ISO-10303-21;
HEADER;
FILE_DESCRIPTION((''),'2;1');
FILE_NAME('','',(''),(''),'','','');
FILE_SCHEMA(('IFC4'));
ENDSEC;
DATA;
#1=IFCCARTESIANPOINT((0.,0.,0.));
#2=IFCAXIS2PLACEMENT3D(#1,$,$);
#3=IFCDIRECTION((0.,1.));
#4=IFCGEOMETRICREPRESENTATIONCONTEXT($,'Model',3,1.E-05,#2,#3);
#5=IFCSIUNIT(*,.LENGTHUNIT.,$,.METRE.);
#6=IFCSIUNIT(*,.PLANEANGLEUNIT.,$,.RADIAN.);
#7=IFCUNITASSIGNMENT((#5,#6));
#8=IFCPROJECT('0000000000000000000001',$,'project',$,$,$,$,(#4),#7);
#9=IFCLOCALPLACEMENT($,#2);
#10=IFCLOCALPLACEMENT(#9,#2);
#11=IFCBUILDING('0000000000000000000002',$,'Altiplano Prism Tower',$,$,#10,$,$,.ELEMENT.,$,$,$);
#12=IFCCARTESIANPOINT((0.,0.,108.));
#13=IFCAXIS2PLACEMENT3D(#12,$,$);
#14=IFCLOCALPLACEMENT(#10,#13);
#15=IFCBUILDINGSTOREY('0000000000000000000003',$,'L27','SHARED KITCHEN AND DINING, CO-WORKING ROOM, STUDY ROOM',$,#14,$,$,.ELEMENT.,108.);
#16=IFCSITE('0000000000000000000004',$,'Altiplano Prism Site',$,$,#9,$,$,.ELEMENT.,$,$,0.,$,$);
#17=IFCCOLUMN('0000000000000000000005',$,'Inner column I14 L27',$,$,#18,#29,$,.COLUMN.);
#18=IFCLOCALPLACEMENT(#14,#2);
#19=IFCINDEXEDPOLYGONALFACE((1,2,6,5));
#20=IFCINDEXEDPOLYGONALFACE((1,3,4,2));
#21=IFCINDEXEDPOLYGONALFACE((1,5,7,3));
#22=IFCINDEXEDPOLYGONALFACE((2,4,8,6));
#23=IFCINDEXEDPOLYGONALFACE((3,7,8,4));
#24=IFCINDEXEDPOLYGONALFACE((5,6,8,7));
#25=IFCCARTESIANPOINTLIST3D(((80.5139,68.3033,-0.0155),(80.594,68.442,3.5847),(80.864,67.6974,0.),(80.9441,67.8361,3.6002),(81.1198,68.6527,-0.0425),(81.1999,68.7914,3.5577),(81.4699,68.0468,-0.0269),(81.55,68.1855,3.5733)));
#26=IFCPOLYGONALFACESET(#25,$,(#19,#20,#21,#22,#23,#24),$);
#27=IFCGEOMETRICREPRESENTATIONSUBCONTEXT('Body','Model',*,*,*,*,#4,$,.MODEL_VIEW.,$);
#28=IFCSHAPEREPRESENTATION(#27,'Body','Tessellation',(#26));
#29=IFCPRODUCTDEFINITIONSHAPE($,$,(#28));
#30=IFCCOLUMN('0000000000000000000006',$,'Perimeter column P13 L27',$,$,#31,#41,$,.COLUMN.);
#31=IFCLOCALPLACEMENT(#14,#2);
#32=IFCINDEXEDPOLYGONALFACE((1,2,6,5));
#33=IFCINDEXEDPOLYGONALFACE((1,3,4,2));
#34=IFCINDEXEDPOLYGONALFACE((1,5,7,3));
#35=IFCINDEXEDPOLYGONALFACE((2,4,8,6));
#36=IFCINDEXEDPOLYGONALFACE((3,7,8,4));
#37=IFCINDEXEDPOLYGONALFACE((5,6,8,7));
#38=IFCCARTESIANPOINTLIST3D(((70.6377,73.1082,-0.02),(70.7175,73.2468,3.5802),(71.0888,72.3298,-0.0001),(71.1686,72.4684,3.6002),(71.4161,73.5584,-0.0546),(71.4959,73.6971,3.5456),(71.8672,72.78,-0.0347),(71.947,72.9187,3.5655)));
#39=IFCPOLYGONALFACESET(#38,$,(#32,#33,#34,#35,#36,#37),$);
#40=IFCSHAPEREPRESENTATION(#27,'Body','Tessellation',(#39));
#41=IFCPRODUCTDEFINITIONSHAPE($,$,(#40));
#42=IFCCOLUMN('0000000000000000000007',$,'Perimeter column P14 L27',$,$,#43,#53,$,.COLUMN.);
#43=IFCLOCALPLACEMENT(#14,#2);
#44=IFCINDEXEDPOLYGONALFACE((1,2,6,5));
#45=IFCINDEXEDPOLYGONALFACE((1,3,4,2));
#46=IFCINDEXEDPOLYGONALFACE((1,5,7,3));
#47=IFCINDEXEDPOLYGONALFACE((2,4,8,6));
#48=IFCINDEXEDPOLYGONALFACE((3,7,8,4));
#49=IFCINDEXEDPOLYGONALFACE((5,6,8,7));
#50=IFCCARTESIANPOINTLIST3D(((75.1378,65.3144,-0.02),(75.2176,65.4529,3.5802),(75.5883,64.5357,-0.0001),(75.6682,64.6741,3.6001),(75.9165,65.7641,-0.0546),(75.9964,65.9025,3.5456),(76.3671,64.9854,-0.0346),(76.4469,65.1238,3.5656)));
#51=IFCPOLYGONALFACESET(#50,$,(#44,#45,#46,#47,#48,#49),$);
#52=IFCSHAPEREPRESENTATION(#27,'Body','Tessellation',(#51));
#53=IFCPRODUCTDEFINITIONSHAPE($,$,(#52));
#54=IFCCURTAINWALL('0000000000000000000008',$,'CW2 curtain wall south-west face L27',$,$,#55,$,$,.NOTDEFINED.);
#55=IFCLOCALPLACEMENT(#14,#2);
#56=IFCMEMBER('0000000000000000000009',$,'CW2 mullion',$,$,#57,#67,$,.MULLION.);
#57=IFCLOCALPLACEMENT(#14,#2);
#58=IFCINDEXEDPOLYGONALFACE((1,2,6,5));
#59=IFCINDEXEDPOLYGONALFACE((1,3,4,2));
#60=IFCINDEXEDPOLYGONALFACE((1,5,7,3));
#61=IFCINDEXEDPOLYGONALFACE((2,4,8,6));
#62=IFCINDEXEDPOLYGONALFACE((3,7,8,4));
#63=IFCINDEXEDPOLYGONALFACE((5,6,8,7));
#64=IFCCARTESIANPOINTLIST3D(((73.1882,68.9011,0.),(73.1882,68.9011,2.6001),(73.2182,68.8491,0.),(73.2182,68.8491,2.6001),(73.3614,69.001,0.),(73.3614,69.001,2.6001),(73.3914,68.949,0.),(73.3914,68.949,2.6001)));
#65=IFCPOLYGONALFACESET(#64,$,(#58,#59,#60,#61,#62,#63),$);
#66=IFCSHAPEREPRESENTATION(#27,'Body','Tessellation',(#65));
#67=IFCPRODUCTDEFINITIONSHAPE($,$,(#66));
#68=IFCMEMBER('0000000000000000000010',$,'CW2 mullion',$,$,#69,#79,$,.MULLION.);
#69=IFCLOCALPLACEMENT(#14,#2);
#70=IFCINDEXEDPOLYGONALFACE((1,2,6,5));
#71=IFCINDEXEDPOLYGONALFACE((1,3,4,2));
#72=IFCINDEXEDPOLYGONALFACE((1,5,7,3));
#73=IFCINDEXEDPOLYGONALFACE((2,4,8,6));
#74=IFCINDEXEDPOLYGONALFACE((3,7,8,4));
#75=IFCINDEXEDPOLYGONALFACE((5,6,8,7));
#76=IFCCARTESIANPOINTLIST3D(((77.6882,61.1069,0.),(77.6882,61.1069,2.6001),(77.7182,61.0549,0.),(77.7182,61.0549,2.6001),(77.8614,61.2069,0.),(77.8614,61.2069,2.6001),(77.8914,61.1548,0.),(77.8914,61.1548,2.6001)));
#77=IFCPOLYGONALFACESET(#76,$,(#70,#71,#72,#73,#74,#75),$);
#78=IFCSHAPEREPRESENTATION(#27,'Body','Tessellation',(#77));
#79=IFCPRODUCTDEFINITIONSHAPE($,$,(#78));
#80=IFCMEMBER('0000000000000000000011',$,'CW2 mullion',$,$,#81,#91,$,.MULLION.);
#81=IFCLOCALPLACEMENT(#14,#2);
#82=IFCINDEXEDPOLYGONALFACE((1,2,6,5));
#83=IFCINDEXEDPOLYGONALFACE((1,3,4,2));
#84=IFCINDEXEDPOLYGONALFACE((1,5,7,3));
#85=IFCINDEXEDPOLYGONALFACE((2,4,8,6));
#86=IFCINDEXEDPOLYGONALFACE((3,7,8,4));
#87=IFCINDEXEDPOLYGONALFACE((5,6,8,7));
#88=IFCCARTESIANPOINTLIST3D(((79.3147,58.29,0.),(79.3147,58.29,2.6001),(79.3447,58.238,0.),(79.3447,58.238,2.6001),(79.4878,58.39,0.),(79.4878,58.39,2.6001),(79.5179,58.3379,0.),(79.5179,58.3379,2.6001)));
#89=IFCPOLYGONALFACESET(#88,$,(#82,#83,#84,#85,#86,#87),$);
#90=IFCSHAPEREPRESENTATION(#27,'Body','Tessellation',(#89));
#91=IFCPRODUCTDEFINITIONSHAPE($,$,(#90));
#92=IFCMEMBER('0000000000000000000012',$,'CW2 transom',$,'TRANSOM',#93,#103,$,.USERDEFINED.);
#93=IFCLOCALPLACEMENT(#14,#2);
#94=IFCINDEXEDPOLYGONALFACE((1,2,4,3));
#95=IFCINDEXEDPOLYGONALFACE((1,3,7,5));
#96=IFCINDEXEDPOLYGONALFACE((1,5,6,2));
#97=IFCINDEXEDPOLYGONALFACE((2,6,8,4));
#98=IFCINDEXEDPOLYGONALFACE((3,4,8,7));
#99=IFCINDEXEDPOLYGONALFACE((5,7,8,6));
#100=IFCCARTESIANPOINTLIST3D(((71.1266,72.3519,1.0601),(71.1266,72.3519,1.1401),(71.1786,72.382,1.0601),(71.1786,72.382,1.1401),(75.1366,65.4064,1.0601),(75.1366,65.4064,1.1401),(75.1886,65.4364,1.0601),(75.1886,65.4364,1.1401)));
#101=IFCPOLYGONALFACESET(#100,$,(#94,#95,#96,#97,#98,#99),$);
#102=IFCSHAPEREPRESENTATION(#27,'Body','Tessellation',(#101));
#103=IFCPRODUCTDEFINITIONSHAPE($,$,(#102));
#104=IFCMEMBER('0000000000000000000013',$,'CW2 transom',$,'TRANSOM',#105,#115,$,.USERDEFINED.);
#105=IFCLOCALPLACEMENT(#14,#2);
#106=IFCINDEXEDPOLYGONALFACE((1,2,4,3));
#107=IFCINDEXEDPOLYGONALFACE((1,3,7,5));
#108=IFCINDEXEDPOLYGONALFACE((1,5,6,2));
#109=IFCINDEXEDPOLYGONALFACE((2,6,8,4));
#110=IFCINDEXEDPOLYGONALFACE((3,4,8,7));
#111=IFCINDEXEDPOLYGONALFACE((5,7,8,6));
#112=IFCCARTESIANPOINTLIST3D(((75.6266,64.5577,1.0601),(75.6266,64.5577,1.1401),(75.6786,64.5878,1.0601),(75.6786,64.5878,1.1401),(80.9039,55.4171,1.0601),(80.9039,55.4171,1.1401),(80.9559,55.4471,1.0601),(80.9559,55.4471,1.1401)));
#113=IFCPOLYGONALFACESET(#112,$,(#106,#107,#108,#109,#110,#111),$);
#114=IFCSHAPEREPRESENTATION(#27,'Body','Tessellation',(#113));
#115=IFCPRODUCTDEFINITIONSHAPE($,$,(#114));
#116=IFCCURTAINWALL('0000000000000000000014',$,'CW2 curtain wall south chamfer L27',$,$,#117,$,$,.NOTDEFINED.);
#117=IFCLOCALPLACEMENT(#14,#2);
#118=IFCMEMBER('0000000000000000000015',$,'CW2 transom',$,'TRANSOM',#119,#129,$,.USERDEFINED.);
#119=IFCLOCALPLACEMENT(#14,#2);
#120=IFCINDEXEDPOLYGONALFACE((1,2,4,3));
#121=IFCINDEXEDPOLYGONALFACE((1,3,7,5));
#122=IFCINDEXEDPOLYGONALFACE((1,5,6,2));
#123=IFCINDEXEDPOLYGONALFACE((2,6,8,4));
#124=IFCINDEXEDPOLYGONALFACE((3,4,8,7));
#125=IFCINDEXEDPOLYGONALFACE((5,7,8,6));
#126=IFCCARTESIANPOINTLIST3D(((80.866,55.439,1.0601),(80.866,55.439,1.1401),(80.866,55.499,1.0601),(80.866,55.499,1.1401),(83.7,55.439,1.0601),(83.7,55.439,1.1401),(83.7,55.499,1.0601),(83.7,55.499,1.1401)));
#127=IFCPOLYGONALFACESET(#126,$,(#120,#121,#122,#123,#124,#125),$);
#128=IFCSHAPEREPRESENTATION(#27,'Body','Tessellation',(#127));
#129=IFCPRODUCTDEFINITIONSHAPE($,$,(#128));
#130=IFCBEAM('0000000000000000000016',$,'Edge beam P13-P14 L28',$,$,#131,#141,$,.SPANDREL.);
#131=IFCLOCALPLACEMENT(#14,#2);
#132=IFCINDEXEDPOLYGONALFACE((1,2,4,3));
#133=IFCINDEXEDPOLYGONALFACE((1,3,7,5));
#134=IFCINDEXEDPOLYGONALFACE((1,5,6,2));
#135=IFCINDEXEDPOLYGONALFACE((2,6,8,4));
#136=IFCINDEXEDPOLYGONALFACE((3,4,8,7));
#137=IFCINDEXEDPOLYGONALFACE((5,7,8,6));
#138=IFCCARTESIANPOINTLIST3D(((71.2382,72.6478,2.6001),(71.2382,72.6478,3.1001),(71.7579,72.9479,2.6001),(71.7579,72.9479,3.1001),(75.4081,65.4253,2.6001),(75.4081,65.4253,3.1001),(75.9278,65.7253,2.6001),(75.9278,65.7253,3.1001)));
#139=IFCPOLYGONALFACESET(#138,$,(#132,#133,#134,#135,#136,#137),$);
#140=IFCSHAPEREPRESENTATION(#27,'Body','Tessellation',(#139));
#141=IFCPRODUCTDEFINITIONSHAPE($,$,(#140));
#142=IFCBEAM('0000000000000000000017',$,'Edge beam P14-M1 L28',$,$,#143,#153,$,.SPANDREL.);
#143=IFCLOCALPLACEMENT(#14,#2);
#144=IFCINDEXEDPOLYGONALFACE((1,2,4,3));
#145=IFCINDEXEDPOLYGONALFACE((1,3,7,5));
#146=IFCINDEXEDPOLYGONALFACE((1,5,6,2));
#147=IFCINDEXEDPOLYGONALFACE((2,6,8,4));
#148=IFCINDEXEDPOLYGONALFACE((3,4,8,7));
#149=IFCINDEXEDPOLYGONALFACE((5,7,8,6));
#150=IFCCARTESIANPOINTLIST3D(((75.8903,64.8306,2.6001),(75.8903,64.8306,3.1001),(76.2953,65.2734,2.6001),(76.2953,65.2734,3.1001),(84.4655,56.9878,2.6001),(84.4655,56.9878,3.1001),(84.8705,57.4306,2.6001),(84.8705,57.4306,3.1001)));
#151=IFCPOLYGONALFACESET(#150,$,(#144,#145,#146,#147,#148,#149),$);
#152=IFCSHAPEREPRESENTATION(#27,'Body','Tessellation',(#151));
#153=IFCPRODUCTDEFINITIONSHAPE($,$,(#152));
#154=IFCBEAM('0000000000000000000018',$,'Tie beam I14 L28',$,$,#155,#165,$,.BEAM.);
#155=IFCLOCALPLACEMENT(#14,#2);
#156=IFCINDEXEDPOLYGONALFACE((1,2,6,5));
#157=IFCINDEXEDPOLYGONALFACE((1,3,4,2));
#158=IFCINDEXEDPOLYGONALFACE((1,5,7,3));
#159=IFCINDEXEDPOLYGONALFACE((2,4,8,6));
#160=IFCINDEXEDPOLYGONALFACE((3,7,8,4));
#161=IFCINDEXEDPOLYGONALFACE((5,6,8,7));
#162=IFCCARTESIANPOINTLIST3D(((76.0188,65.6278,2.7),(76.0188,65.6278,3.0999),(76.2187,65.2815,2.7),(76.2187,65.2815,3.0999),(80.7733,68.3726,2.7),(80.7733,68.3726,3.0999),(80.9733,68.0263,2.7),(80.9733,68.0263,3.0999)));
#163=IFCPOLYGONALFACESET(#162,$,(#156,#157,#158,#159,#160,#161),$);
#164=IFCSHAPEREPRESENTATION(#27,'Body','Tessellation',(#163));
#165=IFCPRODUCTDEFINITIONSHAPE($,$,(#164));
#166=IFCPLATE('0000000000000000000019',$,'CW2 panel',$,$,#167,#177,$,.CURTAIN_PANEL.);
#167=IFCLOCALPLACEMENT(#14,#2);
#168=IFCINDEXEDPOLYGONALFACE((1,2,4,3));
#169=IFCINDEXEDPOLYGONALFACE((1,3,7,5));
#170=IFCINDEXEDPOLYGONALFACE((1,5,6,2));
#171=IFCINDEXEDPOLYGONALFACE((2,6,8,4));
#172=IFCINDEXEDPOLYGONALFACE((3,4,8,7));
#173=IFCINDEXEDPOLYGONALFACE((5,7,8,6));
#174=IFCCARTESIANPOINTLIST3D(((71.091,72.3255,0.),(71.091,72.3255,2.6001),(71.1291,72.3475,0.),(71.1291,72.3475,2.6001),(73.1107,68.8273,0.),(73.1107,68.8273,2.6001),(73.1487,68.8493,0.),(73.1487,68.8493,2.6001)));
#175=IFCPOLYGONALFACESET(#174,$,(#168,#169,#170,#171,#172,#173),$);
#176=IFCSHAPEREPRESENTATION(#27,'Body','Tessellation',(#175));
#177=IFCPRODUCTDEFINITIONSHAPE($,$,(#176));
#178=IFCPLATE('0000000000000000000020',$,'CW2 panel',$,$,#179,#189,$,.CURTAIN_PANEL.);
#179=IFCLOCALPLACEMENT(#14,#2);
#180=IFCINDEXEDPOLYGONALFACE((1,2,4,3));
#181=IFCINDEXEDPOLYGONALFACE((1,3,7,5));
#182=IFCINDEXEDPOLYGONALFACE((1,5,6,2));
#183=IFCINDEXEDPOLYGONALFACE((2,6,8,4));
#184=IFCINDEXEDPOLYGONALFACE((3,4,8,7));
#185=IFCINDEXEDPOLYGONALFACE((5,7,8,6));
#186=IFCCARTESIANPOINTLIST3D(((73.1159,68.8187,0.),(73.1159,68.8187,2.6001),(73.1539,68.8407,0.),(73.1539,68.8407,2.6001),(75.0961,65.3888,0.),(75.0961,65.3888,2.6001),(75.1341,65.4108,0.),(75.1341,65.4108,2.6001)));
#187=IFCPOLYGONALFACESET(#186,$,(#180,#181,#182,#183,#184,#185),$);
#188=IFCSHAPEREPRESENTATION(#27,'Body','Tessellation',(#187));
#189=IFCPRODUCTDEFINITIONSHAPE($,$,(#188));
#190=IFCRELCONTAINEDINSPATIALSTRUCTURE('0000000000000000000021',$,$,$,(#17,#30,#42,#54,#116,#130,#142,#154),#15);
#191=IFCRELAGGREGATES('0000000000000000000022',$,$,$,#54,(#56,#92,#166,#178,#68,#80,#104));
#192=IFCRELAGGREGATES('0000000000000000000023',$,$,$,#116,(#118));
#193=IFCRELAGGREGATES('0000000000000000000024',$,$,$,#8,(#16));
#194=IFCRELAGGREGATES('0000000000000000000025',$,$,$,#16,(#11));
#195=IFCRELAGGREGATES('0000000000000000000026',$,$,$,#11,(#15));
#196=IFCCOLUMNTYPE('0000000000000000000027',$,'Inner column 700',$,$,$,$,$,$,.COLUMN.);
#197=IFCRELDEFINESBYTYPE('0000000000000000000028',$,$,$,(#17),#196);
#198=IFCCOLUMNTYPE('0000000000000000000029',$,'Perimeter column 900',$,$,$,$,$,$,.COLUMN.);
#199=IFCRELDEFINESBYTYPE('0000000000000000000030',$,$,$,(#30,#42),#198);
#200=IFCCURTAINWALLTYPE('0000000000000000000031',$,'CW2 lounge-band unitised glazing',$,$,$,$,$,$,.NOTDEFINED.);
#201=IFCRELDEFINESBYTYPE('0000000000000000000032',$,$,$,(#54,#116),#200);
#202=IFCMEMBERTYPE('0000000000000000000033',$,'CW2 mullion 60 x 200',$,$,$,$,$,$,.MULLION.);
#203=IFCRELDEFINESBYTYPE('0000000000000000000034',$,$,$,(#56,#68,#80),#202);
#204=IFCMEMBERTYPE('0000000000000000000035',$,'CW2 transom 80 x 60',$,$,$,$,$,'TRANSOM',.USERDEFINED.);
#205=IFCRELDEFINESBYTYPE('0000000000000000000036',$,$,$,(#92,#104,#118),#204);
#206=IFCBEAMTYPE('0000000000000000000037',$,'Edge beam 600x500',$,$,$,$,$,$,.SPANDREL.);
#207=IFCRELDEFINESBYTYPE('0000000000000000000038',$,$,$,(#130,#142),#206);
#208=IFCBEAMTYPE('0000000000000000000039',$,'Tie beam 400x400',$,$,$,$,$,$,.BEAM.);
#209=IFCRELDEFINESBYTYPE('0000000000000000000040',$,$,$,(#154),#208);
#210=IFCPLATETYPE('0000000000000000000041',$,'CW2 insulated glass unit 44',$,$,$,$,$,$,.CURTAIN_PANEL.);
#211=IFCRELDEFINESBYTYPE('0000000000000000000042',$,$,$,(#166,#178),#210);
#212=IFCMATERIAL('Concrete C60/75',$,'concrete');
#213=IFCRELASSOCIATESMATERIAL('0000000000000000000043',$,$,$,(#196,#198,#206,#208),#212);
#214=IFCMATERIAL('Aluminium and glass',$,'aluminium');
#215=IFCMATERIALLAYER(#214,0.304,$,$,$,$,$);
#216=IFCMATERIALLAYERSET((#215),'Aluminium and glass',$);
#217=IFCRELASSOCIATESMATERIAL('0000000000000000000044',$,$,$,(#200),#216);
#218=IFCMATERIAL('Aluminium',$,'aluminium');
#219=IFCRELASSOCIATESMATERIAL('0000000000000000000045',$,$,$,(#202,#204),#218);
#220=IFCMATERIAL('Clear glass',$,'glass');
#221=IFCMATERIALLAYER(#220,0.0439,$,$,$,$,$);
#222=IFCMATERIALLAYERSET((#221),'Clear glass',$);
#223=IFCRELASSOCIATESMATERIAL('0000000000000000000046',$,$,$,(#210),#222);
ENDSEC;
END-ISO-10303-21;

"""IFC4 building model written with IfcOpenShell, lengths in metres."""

from ifc_helpers import new_model, si_unit, direction, frame, origin, origin_2d, place, context, subcontext, project, spatial, rectangle, extrude, material, layer, layer_set, material_profile, profile_set, type_object, element, aggregate, save


model = new_model("IFC4")

# Units and contexts
model_context = context("Model", 3, precision=1e-05, world=origin(), true_north=direction((0.0, 1.0)))
body_context = subcontext(model_context, "Body", "Model", "MODEL_VIEW")
ifc_project = project(units=[si_unit("LENGTHUNIT", "METRE"), si_unit("PLANEANGLEUNIT", "RADIAN")], contexts=[model_context])

# Site, building, storey
site_placement = place(None, origin())
site = spatial("IfcSite", under=ifc_project, at=site_placement, Name="Altiplano Prism Site", CompositionType="ELEMENT", RefElevation=0.0)
building_placement = place(site_placement, origin())
building = spatial("IfcBuilding", under=site, at=building_placement, Name="Altiplano Prism Tower", CompositionType="ELEMENT")
storey_placement = place(building_placement, frame((0.0, 0.0, 108.0)))
storey = spatial("IfcBuildingStorey", under=building, at=storey_placement, Name="L27", Description="SHARED KITCHEN AND DINING, CO-WORKING ROOM, STUDY ROOM", CompositionType="ELEMENT", Elevation=108.0)

# Columns
ifc_material_1 = material(Name="Concrete C60/75", Category="concrete")
ifc_material_profile_1 = material_profile(ifc_material_1, rectangle(XDim=0.7, YDim=0.7, at=origin_2d()), Name="Inner column 700")
ifc_profile_set_1 = profile_set([ifc_material_profile_1], Name="Concrete C60/75")
column_type_1 = type_object("IfcColumnType", Name="Inner column 700", PredefinedType="COLUMN", material=ifc_profile_set_1)
column_placement = place(storey_placement, frame((80.9919, 68.175, -0.0212), z_axis=(0.022221, 0.038481, 0.999012), x_axis=(-0.865639, -0.499187, 0.038483)))
element("IfcColumn", 1, at=column_placement, inside=storey, type_object=column_type_1, Name="Inner column I14 L27", PredefinedType="COLUMN", context=body_context, shape_type="SweptSolid", body=[
    extrude(rectangle(XDim=0.7, YDim=0.7, at=origin_2d()), origin(), (0.0, 0.0, 1.0), 3.6038),
])
ifc_material_profile_2 = material_profile(ifc_material_1, rectangle(XDim=0.8999, YDim=0.8999, at=origin_2d()), Name="Perimeter column 900")
ifc_profile_set_2 = profile_set([ifc_material_profile_2], Name="Concrete C60/75")
column_type_2 = type_object("IfcColumnType", Name="Perimeter column 900", PredefinedType="COLUMN", material=ifc_profile_set_2)
for number, where, z_axis, x_axis, name in (
    (2, (71.2524, 72.9441, -0.0273), (0.022154, 0.038481, 0.999014), (-0.86498, -0.500331, 0.038454), "Perimeter column P13 L27"),
    (3, (75.7524, 65.1499, -0.0273), (0.022154, 0.038413, 0.999016), (-0.865362, -0.499674, 0.038403), "Perimeter column P14 L27"),
):
    element("IfcColumn", number, at=place(storey_placement, frame(where, z_axis=z_axis, x_axis=x_axis)), inside=storey, type_object=column_type_2, Name=name, PredefinedType="COLUMN", context=body_context, shape_type="SweptSolid", body=[
        extrude(rectangle(XDim=0.8999, YDim=0.8999, at=origin_2d()), origin(), (0.0, 0.0, 1.0), 3.6038),
    ])

# Curtain wall, members
ifc_material_2 = material(Name="Aluminium and glass", Category="aluminium")
ifc_layer_1 = layer(ifc_material_2, 0.304)
ifc_layer_set_1 = layer_set([ifc_layer_1], Name="Aluminium and glass")
curtain_wall_type = type_object("IfcCurtainWallType", Name="CW2 lounge-band unitised glazing", PredefinedType="NOTDEFINED", material=ifc_layer_set_1)
curtain_wall_1_placement = place(storey_placement, origin())
curtain_wall_1 = element("IfcCurtainWall", 4, at=curtain_wall_1_placement, inside=storey, type_object=curtain_wall_type, Name="CW2 curtain wall south-west face L27", PredefinedType="NOTDEFINED")
ifc_material_3 = material(Name="Aluminium", Category="aluminium")
ifc_material_profile_3 = material_profile(ifc_material_3, rectangle(XDim=0.2, YDim=0.0601, at=origin_2d()), Name="CW2 mullion 60 x 200")
ifc_profile_set_3 = profile_set([ifc_material_profile_3], Name="Aluminium")
member_type_1 = type_object("IfcMemberType", Name="CW2 mullion 60 x 200", PredefinedType="MULLION", material=ifc_profile_set_3)
member_1_placement = place(storey_placement, frame((73.2898, 68.925, 0.0), z_axis=(0.0, 0.0, 1.0), x_axis=(0.866025, 0.5, 0.0)))
member_1 = element("IfcMember", 5, at=member_1_placement, type_object=member_type_1, Name="CW2 mullion", PredefinedType="MULLION", context=body_context, shape_type="SweptSolid", body=[
    extrude(rectangle(XDim=0.2, YDim=0.0601, at=origin_2d()), origin(), (0.0, 0.0, 1.0), 2.6001),
])
member_2_placement = place(storey_placement, frame((77.7898, 61.1309, 0.0), z_axis=(0.0, 0.0, 1.0), x_axis=(0.866025, 0.5, 0.0)))
member_2 = element("IfcMember", 6, at=member_2_placement, type_object=member_type_1, Name="CW2 mullion", PredefinedType="MULLION", context=body_context, shape_type="SweptSolid", body=[
    extrude(rectangle(XDim=0.2, YDim=0.0601, at=origin_2d()), origin(), (0.0, 0.0, 1.0), 2.6001),
])
member_3_placement = place(storey_placement, frame((79.4163, 58.314, 0.0), z_axis=(0.0, 0.0, 1.0), x_axis=(0.866025, 0.5, 0.0)))
member_3 = element("IfcMember", 7, at=member_3_placement, type_object=member_type_1, Name="CW2 mullion", PredefinedType="MULLION", context=body_context, shape_type="SweptSolid", body=[
    extrude(rectangle(XDim=0.2, YDim=0.0601, at=origin_2d()), origin(), (0.0, 0.0, 1.0), 2.6001),
])
ifc_material_profile_4 = material_profile(ifc_material_3, rectangle(XDim=0.0601, YDim=0.0801, at=origin_2d()), Name="CW2 transom 80 x 60")
ifc_profile_set_4 = profile_set([ifc_material_profile_4], Name="Aluminium")
member_type_2 = type_object("IfcMemberType", Name="CW2 transom 80 x 60", ElementType="TRANSOM", PredefinedType="USERDEFINED", material=ifc_profile_set_4)
member_4_placement = place(storey_placement, frame((71.1526, 72.3669, 1.1001), z_axis=(0.499999, -0.866026, 0.0), x_axis=(0.866026, 0.499999, 0.0)))
member_4 = element("IfcMember", 8, at=member_4_placement, type_object=member_type_2, Name="CW2 transom", ObjectType="TRANSOM", PredefinedType="USERDEFINED", context=body_context, shape_type="SweptSolid", body=[
    extrude(rectangle(XDim=0.0601, YDim=0.0801, at=origin_2d()), origin(), (0.0, 0.0, 1.0), 8.02),
])
member_5_placement = place(storey_placement, frame((75.6526, 64.5728, 1.1001), z_axis=(0.5, -0.866025, 0.0), x_axis=(0.866025, 0.5, 0.0)))
member_5 = element("IfcMember", 9, at=member_5_placement, type_object=member_type_2, Name="CW2 transom", ObjectType="TRANSOM", PredefinedType="USERDEFINED", context=body_context, shape_type="SweptSolid", body=[
    extrude(rectangle(XDim=0.0601, YDim=0.0801, at=origin_2d()), origin(), (0.0, 0.0, 1.0), 10.5547),
])

# Curtain wall, member
curtain_wall_2_placement = place(storey_placement, origin())
curtain_wall_2 = element("IfcCurtainWall", 10, at=curtain_wall_2_placement, inside=storey, type_object=curtain_wall_type, Name="CW2 curtain wall south chamfer L27", PredefinedType="NOTDEFINED")
member_6_placement = place(storey_placement, frame((80.866, 55.469, 1.1001), z_axis=(1.0, 0.0, 0.0), x_axis=(0.0, 1.0, 0.0)))
member_6 = element("IfcMember", 11, at=member_6_placement, type_object=member_type_2, Name="CW2 transom", ObjectType="TRANSOM", PredefinedType="USERDEFINED", context=body_context, shape_type="SweptSolid", body=[
    extrude(rectangle(XDim=0.0601, YDim=0.0801, at=origin_2d()), origin(), (0.0, 0.0, 1.0), 2.834),
])

# Beams
ifc_material_profile_5 = material_profile(ifc_material_1, rectangle(XDim=0.6001, YDim=0.5, at=origin_2d()), Name="Edge beam 600x500")
ifc_profile_set_5 = profile_set([ifc_material_profile_5], Name="Concrete C60/75")
beam_type_1 = type_object("IfcBeamType", Name="Edge beam 600x500", PredefinedType="SPANDREL", material=ifc_profile_set_5)
beam_1_placement = place(storey_placement, frame((71.498, 72.7979, 2.8501), z_axis=(0.499993, -0.86603, 0.0), x_axis=(0.86603, 0.499993, 0.0)))
element("IfcBeam", 12, at=beam_1_placement, inside=storey, type_object=beam_type_1, Name="Edge beam P13-P14 L28", PredefinedType="SPANDREL", context=body_context, shape_type="SweptSolid", body=[
    extrude(rectangle(XDim=0.6001, YDim=0.5, at=origin_2d()), origin(), (0.0, 0.0, 1.0), 8.3398),
])
beam_2_placement = place(storey_placement, frame((76.0928, 65.052, 2.8501), z_axis=(0.737918, -0.674891, 0.0), x_axis=(0.674891, 0.737918, 0.0)))
element("IfcBeam", 13, at=beam_2_placement, inside=storey, type_object=beam_type_1, Name="Edge beam P14-M1 L28", PredefinedType="SPANDREL", context=body_context, shape_type="SweptSolid", body=[
    extrude(rectangle(XDim=0.6001, YDim=0.5, at=origin_2d()), origin(), (0.0, 0.0, 1.0), 11.6208),
])
ifc_material_profile_6 = material_profile(ifc_material_1, rectangle(XDim=0.3999, YDim=0.3999, at=origin_2d()), Name="Tie beam 400x400")
ifc_profile_set_6 = profile_set([ifc_material_profile_6], Name="Concrete C60/75")
beam_type_2 = type_object("IfcBeamType", Name="Tie beam 400x400", PredefinedType="BEAM", material=ifc_profile_set_6)
beam_3_placement = place(storey_placement, frame((80.8733, 68.1995, 2.8999), z_axis=(-0.866043, -0.49997, 0.0), x_axis=(0.49997, -0.866043, 0.0)))
element("IfcBeam", 14, at=beam_3_placement, inside=storey, type_object=beam_type_2, Name="Tie beam I14 L28", PredefinedType="BEAM", context=body_context, shape_type="SweptSolid", body=[
    extrude(rectangle(XDim=0.3999, YDim=0.3999, at=origin_2d()), origin(), (0.0, 0.0, 1.0), 5.49),
])

# Plates
ifc_material_4 = material(Name="Clear glass", Category="glass")
ifc_layer_2 = layer(ifc_material_4, 0.0439)
ifc_layer_set_2 = layer_set([ifc_layer_2], Name="Clear glass")
plate_type = type_object("IfcPlateType", Name="CW2 insulated glass unit 44", PredefinedType="CURTAIN_PANEL", material=ifc_layer_set_2)
plate_1_placement = place(storey_placement, frame((72.1199, 70.5874, 0.0), z_axis=(0.0, 0.0, 1.0), x_axis=(0.5, -0.866025, 0.0)))
plate_1 = element("IfcPlate", 15, at=plate_1_placement, type_object=plate_type, Name="CW2 panel", PredefinedType="CURTAIN_PANEL", context=body_context, shape_type="SweptSolid", body=[
    extrude(rectangle(XDim=4.0393, YDim=0.0439, at=origin_2d()), origin(), (0.0, 0.0, 1.0), 2.6001),
])
plate_2_placement = place(storey_placement, frame((74.125, 67.1147, 0.0), z_axis=(0.0, 0.0, 1.0), x_axis=(0.5, -0.866025, 0.0)))
plate_2 = element("IfcPlate", 16, at=plate_2_placement, type_object=plate_type, Name="CW2 panel", PredefinedType="CURTAIN_PANEL", context=body_context, shape_type="SweptSolid", body=[
    extrude(rectangle(XDim=3.9604, YDim=0.0439, at=origin_2d()), origin(), (0.0, 0.0, 1.0), 2.6001),
])
aggregate(curtain_wall_1, [member_1, member_4, plate_1, plate_2, member_2, member_3, member_5])
aggregate(curtain_wall_2, [member_6])

save(model, "model.ifc")
